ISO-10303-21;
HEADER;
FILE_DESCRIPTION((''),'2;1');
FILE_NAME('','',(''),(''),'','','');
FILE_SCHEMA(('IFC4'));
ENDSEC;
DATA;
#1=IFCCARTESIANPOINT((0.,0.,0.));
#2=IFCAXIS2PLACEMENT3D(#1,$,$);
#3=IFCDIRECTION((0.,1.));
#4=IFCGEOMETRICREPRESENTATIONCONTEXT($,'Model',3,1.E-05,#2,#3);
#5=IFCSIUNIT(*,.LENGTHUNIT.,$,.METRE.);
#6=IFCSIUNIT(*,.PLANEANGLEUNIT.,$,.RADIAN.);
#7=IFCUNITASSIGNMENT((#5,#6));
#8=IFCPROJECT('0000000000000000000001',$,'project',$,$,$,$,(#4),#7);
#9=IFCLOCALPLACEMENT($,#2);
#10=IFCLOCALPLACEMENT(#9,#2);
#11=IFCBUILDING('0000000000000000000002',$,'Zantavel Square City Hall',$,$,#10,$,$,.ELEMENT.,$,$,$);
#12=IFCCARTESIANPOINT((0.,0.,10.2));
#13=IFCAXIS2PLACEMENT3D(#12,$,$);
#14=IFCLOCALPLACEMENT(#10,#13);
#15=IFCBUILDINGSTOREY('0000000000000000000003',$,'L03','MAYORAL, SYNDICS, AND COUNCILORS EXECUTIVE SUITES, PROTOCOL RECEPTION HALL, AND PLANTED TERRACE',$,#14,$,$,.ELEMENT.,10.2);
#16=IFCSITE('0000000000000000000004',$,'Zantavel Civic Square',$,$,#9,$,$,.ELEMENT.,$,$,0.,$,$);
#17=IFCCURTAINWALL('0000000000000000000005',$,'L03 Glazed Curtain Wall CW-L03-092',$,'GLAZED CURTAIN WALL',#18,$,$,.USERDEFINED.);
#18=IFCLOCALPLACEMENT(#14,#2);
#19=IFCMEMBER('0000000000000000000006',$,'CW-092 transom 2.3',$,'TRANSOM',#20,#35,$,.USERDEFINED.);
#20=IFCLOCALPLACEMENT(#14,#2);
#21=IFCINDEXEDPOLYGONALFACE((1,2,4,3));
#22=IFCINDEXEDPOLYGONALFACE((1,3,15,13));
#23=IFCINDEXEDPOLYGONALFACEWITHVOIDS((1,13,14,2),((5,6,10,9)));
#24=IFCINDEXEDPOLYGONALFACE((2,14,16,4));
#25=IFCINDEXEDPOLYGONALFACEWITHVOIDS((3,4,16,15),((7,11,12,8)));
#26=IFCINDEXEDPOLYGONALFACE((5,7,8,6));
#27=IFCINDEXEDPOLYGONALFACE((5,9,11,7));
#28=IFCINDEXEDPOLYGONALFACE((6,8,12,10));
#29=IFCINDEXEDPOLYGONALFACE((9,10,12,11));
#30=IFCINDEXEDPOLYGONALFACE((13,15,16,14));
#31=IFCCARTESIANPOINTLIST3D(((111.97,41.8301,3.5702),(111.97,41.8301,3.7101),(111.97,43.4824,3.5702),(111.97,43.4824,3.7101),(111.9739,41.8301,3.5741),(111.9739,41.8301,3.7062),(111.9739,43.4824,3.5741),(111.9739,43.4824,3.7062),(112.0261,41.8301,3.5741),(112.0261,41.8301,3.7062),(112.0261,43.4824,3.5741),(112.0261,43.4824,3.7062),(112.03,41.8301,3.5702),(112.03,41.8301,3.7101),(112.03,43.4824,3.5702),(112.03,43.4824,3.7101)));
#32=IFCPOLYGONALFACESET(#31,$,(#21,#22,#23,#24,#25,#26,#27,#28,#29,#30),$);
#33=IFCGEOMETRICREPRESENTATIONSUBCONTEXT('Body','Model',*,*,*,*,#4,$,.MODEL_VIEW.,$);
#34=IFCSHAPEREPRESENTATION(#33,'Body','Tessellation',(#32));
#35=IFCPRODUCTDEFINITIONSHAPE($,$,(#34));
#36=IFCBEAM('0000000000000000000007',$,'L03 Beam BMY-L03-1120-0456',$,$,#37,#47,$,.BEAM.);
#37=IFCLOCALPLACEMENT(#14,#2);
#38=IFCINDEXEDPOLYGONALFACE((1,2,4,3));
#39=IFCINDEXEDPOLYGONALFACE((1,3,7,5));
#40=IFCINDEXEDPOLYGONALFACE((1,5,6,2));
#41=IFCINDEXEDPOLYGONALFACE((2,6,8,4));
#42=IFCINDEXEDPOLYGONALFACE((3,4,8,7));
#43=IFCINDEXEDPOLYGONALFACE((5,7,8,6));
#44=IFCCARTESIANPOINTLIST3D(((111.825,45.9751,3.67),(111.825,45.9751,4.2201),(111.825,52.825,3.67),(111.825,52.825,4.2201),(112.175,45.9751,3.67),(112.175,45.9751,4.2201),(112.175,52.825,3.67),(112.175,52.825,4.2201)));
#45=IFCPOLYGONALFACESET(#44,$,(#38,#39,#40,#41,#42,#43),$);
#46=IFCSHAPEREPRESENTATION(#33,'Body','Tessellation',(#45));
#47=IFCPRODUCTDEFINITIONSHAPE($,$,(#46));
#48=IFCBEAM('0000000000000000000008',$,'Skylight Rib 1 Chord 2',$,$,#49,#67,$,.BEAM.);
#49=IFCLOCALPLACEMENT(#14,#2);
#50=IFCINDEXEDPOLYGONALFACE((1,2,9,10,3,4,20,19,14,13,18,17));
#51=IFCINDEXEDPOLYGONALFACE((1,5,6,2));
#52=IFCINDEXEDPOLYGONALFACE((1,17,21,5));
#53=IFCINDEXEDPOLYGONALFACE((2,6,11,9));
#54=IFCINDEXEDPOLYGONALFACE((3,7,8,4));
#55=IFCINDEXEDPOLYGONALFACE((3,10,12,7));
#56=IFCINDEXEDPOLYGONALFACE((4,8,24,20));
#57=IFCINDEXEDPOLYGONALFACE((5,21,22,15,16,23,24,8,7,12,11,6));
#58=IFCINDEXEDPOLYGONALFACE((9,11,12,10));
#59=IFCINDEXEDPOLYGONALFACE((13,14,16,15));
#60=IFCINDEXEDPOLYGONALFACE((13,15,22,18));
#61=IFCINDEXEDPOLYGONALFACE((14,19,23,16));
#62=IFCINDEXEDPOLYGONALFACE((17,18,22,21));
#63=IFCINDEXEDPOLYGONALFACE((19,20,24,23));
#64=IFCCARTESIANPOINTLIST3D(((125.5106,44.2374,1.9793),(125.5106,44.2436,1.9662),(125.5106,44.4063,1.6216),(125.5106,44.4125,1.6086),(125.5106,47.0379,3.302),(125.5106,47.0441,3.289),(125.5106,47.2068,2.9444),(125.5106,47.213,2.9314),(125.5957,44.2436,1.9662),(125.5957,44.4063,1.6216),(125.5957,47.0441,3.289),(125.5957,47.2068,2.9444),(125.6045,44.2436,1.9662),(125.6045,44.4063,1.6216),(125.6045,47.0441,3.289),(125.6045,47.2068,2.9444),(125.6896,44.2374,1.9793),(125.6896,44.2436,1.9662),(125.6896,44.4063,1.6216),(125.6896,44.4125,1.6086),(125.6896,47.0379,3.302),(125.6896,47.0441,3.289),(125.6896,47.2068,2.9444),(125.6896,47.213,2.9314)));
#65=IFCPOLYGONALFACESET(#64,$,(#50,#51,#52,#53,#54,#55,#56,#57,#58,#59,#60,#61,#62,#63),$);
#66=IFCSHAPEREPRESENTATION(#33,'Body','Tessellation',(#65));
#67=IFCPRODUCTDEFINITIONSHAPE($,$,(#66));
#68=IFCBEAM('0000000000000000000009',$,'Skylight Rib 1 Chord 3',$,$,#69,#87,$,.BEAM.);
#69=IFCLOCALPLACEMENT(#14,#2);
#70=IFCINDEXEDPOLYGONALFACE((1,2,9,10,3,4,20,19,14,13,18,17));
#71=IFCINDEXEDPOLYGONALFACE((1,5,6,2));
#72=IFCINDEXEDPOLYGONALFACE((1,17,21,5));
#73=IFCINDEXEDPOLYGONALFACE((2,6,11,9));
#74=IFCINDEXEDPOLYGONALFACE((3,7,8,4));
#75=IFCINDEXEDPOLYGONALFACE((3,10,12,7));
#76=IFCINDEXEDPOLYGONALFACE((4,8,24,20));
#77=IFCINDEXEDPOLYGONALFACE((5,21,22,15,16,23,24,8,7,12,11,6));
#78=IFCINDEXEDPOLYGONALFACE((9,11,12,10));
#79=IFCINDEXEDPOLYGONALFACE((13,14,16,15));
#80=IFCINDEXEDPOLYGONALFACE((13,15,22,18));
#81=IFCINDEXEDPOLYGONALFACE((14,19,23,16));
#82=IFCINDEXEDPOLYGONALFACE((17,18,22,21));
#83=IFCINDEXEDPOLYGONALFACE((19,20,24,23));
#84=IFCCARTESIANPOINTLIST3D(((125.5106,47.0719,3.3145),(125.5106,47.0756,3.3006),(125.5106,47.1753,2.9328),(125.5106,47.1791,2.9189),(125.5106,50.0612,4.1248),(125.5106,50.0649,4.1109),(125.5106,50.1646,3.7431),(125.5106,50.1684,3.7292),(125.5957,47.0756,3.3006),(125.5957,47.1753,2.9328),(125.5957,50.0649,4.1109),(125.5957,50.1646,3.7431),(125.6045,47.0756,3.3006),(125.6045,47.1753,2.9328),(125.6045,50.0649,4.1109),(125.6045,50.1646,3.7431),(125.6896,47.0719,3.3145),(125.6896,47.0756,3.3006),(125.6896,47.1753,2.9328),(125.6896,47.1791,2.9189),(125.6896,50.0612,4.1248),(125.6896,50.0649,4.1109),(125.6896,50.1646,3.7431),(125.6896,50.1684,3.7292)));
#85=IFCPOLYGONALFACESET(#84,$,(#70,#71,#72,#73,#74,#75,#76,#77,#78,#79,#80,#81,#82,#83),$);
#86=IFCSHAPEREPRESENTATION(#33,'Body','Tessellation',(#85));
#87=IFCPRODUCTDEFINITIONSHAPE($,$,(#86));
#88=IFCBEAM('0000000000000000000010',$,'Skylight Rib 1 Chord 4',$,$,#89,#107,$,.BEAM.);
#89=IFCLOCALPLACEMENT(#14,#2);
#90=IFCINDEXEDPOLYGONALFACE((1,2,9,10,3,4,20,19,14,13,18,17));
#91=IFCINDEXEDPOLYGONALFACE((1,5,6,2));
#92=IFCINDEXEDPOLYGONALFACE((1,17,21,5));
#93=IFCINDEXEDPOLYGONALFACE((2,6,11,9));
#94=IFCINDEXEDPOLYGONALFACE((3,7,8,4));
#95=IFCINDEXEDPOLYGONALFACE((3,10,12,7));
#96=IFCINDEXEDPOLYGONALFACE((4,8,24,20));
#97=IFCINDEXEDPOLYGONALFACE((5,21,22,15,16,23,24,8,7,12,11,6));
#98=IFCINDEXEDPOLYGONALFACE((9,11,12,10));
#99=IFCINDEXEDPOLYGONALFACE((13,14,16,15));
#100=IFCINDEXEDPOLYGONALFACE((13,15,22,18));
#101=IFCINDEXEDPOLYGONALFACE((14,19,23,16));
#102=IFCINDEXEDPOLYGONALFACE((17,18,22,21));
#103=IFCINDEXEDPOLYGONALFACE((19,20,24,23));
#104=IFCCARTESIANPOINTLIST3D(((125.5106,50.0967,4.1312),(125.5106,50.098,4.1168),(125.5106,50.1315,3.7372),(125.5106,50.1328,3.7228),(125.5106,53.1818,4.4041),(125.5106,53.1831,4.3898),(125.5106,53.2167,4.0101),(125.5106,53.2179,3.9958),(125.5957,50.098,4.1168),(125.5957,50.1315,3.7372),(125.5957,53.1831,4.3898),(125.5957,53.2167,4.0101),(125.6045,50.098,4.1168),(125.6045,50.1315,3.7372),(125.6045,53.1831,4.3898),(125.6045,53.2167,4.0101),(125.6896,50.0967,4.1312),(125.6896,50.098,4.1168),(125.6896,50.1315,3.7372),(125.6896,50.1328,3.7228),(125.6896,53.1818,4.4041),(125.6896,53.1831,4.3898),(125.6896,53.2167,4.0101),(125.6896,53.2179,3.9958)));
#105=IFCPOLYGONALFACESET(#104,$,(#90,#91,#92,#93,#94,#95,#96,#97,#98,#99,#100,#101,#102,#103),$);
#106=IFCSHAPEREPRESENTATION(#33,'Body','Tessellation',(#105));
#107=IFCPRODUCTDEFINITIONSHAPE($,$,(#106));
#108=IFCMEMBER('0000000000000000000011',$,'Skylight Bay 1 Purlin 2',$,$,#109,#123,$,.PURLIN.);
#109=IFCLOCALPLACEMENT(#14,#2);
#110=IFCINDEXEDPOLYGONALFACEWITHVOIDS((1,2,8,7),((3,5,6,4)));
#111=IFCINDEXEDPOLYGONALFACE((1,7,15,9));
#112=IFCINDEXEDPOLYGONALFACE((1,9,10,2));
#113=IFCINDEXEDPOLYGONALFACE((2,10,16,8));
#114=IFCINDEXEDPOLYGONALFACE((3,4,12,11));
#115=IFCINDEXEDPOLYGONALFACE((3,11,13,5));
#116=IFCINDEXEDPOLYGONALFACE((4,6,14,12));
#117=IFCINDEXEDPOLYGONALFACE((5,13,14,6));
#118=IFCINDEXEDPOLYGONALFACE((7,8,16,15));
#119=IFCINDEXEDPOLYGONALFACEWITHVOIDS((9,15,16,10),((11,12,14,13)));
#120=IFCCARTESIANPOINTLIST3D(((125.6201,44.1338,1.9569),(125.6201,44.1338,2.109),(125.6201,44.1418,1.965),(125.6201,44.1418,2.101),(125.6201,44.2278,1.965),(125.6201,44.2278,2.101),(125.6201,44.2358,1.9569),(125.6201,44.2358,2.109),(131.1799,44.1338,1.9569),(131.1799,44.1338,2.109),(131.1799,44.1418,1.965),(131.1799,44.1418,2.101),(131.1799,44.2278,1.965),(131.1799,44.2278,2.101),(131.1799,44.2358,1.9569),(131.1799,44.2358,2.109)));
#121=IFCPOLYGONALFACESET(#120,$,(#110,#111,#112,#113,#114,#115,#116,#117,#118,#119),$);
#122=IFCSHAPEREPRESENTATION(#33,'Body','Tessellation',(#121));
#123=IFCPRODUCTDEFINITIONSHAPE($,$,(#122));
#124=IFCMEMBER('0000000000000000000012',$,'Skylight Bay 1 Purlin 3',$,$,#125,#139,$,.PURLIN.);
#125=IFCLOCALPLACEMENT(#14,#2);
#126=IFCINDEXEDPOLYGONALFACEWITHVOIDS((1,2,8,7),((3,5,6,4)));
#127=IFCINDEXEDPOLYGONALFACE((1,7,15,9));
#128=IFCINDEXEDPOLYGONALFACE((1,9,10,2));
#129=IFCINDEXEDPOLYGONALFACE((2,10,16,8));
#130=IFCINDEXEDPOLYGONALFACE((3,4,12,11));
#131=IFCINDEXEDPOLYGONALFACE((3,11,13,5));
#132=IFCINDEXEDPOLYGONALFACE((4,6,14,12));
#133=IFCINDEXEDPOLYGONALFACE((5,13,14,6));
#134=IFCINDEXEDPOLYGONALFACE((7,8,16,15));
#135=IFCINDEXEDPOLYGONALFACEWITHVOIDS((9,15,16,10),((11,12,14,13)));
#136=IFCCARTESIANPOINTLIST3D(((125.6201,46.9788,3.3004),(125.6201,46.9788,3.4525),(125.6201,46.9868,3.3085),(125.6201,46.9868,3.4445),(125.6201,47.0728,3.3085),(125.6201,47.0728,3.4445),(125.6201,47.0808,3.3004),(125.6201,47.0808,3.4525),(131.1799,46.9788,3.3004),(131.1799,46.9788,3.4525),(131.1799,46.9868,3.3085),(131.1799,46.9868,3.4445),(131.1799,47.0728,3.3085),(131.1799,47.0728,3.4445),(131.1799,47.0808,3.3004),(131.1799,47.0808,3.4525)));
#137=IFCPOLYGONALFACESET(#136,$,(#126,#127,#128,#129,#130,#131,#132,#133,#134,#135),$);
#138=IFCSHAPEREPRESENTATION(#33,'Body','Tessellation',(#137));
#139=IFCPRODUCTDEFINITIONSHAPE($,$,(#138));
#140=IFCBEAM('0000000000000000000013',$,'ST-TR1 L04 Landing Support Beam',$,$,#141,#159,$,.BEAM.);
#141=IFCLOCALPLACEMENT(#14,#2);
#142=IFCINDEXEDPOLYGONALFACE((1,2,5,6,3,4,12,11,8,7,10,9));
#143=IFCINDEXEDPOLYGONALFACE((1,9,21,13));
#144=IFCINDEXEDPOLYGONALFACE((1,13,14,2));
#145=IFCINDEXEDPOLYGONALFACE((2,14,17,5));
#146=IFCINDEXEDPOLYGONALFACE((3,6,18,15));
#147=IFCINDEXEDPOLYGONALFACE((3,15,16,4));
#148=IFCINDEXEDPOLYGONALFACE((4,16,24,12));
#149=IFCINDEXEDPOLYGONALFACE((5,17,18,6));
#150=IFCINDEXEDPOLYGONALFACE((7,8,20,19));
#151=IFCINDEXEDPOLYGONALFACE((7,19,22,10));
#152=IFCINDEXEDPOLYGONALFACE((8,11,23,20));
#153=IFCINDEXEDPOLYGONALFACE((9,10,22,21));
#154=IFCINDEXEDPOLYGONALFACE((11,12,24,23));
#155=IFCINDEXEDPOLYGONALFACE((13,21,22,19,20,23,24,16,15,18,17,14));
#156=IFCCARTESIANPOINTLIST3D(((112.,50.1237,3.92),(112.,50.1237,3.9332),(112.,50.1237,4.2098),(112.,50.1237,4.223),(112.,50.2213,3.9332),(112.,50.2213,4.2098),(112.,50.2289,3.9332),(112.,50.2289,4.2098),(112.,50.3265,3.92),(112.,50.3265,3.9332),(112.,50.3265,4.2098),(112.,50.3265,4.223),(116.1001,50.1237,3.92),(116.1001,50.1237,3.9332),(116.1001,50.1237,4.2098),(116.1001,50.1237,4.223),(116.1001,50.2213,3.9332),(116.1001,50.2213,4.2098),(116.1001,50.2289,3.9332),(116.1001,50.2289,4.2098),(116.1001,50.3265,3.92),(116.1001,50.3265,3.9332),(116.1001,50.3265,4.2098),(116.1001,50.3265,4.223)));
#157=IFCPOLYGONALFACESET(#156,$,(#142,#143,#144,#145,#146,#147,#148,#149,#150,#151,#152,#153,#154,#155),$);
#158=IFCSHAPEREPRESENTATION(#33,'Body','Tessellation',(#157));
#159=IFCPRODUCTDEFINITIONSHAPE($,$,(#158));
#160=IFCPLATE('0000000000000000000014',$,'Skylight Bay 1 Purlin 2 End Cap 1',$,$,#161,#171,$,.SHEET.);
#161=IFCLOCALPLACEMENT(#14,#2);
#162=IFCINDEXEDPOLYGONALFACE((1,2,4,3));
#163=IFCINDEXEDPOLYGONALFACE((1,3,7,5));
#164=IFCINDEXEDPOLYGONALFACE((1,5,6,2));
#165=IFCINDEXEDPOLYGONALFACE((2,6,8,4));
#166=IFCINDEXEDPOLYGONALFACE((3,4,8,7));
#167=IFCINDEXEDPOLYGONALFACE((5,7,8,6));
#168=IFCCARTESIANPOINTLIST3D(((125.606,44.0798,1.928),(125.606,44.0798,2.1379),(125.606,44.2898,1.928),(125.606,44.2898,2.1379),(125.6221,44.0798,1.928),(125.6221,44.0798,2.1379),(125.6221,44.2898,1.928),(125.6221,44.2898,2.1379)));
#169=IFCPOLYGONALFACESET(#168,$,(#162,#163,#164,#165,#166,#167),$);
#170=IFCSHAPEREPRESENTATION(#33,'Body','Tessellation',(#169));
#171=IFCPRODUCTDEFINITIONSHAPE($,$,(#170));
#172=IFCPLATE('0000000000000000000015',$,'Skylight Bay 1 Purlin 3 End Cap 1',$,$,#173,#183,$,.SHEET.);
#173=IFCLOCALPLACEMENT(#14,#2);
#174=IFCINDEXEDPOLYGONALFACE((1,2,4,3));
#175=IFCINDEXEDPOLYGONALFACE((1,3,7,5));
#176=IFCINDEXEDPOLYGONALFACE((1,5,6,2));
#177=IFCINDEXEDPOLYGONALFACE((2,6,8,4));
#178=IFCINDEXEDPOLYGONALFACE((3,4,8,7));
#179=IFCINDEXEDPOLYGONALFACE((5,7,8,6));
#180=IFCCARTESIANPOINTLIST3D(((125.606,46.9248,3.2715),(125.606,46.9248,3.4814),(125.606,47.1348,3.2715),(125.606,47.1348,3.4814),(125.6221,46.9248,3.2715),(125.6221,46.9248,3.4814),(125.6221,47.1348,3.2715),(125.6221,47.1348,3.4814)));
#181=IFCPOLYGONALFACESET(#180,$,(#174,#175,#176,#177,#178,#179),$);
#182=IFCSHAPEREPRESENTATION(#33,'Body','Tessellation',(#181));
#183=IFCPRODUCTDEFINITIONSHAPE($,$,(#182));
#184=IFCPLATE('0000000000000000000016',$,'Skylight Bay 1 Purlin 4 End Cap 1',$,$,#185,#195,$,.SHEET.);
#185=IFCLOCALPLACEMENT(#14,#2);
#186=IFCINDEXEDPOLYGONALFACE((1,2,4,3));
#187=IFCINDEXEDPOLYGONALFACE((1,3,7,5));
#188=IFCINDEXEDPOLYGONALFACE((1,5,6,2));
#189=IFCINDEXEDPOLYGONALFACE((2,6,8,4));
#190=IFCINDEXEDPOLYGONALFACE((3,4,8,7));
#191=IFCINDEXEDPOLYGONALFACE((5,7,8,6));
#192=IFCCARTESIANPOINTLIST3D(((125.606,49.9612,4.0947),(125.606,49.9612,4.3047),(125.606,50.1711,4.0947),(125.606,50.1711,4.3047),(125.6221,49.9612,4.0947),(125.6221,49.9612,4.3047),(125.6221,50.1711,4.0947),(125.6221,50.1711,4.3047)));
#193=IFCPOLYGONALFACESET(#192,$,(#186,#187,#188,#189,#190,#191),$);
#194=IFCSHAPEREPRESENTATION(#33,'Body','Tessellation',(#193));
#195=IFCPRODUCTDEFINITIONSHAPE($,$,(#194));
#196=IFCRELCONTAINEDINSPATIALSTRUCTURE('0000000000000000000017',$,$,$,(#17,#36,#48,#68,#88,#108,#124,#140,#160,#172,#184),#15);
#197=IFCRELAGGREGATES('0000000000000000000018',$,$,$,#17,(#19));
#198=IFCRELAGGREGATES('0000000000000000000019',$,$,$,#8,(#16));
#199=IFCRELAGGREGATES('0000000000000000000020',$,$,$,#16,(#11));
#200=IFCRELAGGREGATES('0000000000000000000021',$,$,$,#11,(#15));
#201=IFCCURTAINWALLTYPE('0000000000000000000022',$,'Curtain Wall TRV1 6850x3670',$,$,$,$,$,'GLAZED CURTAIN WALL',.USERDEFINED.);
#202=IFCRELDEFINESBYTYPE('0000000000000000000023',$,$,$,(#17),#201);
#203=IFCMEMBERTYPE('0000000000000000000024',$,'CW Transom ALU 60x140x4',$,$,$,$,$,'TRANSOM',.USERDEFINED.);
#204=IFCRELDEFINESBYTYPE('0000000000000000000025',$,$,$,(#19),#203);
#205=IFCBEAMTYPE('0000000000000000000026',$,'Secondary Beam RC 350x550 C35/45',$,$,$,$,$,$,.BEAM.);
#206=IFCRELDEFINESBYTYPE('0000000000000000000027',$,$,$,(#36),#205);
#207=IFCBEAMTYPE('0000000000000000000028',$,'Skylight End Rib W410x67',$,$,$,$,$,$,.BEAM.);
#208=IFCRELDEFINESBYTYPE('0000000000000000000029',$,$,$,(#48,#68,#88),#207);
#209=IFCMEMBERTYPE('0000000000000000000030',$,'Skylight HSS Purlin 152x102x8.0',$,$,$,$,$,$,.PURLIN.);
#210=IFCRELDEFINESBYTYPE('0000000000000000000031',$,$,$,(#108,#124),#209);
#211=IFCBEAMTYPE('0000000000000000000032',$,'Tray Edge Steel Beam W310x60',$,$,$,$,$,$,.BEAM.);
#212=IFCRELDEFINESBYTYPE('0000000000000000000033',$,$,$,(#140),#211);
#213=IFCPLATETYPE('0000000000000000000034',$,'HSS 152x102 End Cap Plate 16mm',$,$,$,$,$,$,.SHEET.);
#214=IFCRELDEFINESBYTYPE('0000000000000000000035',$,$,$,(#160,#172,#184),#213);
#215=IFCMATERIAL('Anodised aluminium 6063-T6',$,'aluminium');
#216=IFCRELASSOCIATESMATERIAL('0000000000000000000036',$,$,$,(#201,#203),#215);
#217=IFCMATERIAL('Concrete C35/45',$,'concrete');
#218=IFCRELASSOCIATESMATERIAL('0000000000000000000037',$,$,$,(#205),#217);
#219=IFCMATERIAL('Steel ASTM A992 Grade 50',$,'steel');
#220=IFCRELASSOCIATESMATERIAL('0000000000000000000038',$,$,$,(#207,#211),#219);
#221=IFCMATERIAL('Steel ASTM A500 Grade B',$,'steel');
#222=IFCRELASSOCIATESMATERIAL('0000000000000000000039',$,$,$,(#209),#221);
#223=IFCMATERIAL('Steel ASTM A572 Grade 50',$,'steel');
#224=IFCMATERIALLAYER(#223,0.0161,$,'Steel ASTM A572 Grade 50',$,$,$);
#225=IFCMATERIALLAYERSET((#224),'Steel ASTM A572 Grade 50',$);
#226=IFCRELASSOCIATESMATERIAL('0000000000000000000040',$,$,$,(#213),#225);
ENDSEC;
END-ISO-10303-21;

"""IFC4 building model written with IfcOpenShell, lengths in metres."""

from ifc_helpers import new_model, si_unit, direction, frame, origin, origin_2d, place, context, subcontext, project, spatial, rectangle, hollow_rectangle, i_section, extrude, material, layer, layer_set, material_profile, profile_set, type_object, element, aggregate, save


model = new_model("IFC4")

# Units and contexts
model_context = context("Model", 3, precision=1e-05, world=origin(), true_north=direction((0.0, 1.0)))
body_context = subcontext(model_context, "Body", "Model", "MODEL_VIEW")
ifc_project = project(units=[si_unit("LENGTHUNIT", "METRE"), si_unit("PLANEANGLEUNIT", "RADIAN")], contexts=[model_context])

# Site, building, storey
site_placement = place(None, origin())
site = spatial("IfcSite", under=ifc_project, at=site_placement, Name="Zantavel Civic Square", CompositionType="ELEMENT", RefElevation=0.0)
building_placement = place(site_placement, origin())
building = spatial("IfcBuilding", under=site, at=building_placement, Name="Zantavel Square City Hall", CompositionType="ELEMENT")
storey_placement = place(building_placement, frame((0.0, 0.0, 10.2)))
storey = spatial("IfcBuildingStorey", under=building, at=storey_placement, Name="L03", Description="MAYORAL, SYNDICS, AND COUNCILORS EXECUTIVE SUITES, PROTOCOL RECEPTION HALL, AND PLANTED TERRACE", CompositionType="ELEMENT", Elevation=10.2)

# Curtain wall, member
ifc_material_1 = material(Name="Anodised aluminium 6063-T6", Category="aluminium")
curtain_wall_type = type_object("IfcCurtainWallType", Name="Curtain Wall TRV1 6850x3670", ElementType="GLAZED CURTAIN WALL", PredefinedType="USERDEFINED", material=ifc_material_1)
curtain_wall_placement = place(storey_placement, origin())
curtain_wall = element("IfcCurtainWall", 1, at=curtain_wall_placement, inside=storey, type_object=curtain_wall_type, Name="L03 Glazed Curtain Wall CW-L03-092", ObjectType="GLAZED CURTAIN WALL", PredefinedType="USERDEFINED")
ifc_material_profile_1 = material_profile(ifc_material_1, hollow_rectangle(XDim=0.0601, YDim=0.1399, WallThickness=0.0039, at=origin_2d()), Name="ALU 60x140x4")
ifc_profile_set_1 = profile_set([ifc_material_profile_1], Name="Anodised aluminium 6063-T6")
member_type_1 = type_object("IfcMemberType", Name="CW Transom ALU 60x140x4", ElementType="TRANSOM", PredefinedType="USERDEFINED", material=ifc_profile_set_1)
member_1_placement = place(storey_placement, frame((112.0, 43.4824, 3.6401), z_axis=(0.0, -1.0, 0.0), x_axis=(1.0, 0.0, 0.0)))
member_1 = element("IfcMember", 2, at=member_1_placement, type_object=member_type_1, Name="CW-092 transom 2.3", ObjectType="TRANSOM", PredefinedType="USERDEFINED", context=body_context, shape_type="SweptSolid", body=[
    extrude(hollow_rectangle(XDim=0.0601, YDim=0.1399, WallThickness=0.0039, at=origin_2d()), origin(), (0.0, 0.0, 1.0), 1.6523),
])

# Beams
ifc_material_2 = material(Name="Concrete C35/45", Category="concrete")
ifc_material_profile_2 = material_profile(ifc_material_2, rectangle(XDim=0.3501, YDim=0.55, at=origin_2d()), Name="RC 350x550")
ifc_profile_set_2 = profile_set([ifc_material_profile_2], Name="Concrete C35/45")
beam_type_1 = type_object("IfcBeamType", Name="Secondary Beam RC 350x550 C35/45", PredefinedType="BEAM", material=ifc_profile_set_2)
beam_1_placement = place(storey_placement, frame((112.0, 45.9751, 3.9451), z_axis=(0.0, 1.0, 0.0), x_axis=(-1.0, 0.0, 0.0)))
element("IfcBeam", 3, at=beam_1_placement, inside=storey, type_object=beam_type_1, Name="L03 Beam BMY-L03-1120-0456", PredefinedType="BEAM", context=body_context, shape_type="SweptSolid", body=[
    extrude(rectangle(XDim=0.3501, YDim=0.55, at=origin_2d()), origin(), (0.0, 0.0, 1.0), 6.8499),
])
ifc_material_3 = material(Name="Steel ASTM A992 Grade 50", Category="steel")
ifc_material_profile_3 = material_profile(ifc_material_3, i_section(OverallWidth=0.179, OverallDepth=0.4099, WebThickness=0.0088, FlangeThickness=0.0144, at=origin_2d()), Name="W410x67")
ifc_profile_set_3 = profile_set([ifc_material_profile_3], Name="Steel ASTM A992 Grade 50")
beam_type_2 = type_object("IfcBeamType", Name="Skylight End Rib W410x67", PredefinedType="BEAM", material=ifc_profile_set_3)
for number, where, z_axis, x_axis, name in (
    (4, (125.6001, 44.325, 1.7939), (0.0, 0.904214, 0.42708), (-1.0, 0.0, 0.0), "Skylight Rib 1 Chord 2"),
    (5, (125.6001, 47.1255, 3.1167), (0.0, 0.965168, 0.26163), (-1.0, 0.0, 0.0), "Skylight Rib 1 Chord 3"),
    (6, (125.6001, 50.1147, 3.927), (0.0, 0.996109, 0.088126), (-1.0, 0.0, 0.0), "Skylight Rib 1 Chord 4"),
):
    element("IfcBeam", number, at=place(storey_placement, frame(where, z_axis=z_axis, x_axis=x_axis)), inside=storey, type_object=beam_type_2, Name=name, PredefinedType="BEAM", context=body_context, shape_type="SweptSolid", body=[
        extrude(i_section(OverallWidth=0.179, OverallDepth=0.4099, WebThickness=0.0088, FlangeThickness=0.0144, at=origin_2d()), origin(), (0.0, 0.0, 1.0), 3.0972),
    ])

# Members
ifc_material_4 = material(Name="Steel ASTM A500 Grade B", Category="steel")
ifc_material_profile_4 = material_profile(ifc_material_4, hollow_rectangle(XDim=0.1021, YDim=0.1521, WallThickness=0.0081, at=origin_2d()), Name="HSS 152x102x8.0")
ifc_profile_set_4 = profile_set([ifc_material_profile_4], Name="Steel ASTM A500 Grade B")
member_type_2 = type_object("IfcMemberType", Name="Skylight HSS Purlin 152x102x8.0", PredefinedType="PURLIN", material=ifc_profile_set_4)
for number, where, z_axis, x_axis, name in (
    (7, (125.6201, 44.1848, 2.033), (1.0, 0.0, 0.0), (0.0, 1.0, 0.0), "Skylight Bay 1 Purlin 2"),
    (8, (125.6201, 47.0298, 3.3765), (1.0, 0.0, 0.0), (0.0, 1.0, 0.0), "Skylight Bay 1 Purlin 3"),
):
    element("IfcMember", number, at=place(storey_placement, frame(where, z_axis=z_axis, x_axis=x_axis)), inside=storey, type_object=member_type_2, Name=name, PredefinedType="PURLIN", context=body_context, shape_type="SweptSolid", body=[
        extrude(hollow_rectangle(XDim=0.1021, YDim=0.1521, WallThickness=0.0081, at=origin_2d()), origin(), (0.0, 0.0, 1.0), 5.5598),
    ])

# Beam
ifc_material_profile_5 = material_profile(ifc_material_3, i_section(OverallWidth=0.2029, OverallDepth=0.303, WebThickness=0.0076, FlangeThickness=0.0132, at=origin_2d()), Name="W310x60")
ifc_profile_set_5 = profile_set([ifc_material_profile_5], Name="Steel ASTM A992 Grade 50")
beam_type_3 = type_object("IfcBeamType", Name="Tray Edge Steel Beam W310x60", PredefinedType="BEAM", material=ifc_profile_set_5)
beam_2_placement = place(storey_placement, frame((112.0, 50.2251, 4.0715), z_axis=(1.0, 0.0, 0.0), x_axis=(0.0, 1.0, 0.0)))
element("IfcBeam", 9, at=beam_2_placement, inside=storey, type_object=beam_type_3, Name="ST-TR1 L04 Landing Support Beam", PredefinedType="BEAM", context=body_context, shape_type="SweptSolid", body=[
    extrude(i_section(OverallWidth=0.2029, OverallDepth=0.303, WebThickness=0.0076, FlangeThickness=0.0132, at=origin_2d()), origin(), (0.0, 0.0, 1.0), 4.1001),
])

# Plates
ifc_material_5 = material(Name="Steel ASTM A572 Grade 50", Category="steel")
ifc_layer_1 = layer(ifc_material_5, 0.0161, Name="Steel ASTM A572 Grade 50")
ifc_layer_set_1 = layer_set([ifc_layer_1], Name="Steel ASTM A572 Grade 50")
plate_type_1 = type_object("IfcPlateType", Name="HSS 152x102 End Cap Plate 16mm", PredefinedType="SHEET", material=ifc_layer_set_1)
for number, where, z_axis, x_axis, name in (
    (10, (125.614, 44.1848, 1.928), (0.0, 0.0, 1.0), (1.0, 0.0, 0.0), "Skylight Bay 1 Purlin 2 End Cap 1"),
    (11, (125.614, 47.0298, 3.2715), (0.0, 0.0, 1.0), (1.0, 0.0, 0.0), "Skylight Bay 1 Purlin 3 End Cap 1"),
    (12, (125.614, 50.0662, 4.0947), (0.0, 0.0, 1.0), (1.0, 0.0, 0.0), "Skylight Bay 1 Purlin 4 End Cap 1"),
):
    element("IfcPlate", number, at=place(storey_placement, frame(where, z_axis=z_axis, x_axis=x_axis)), inside=storey, type_object=plate_type_1, Name=name, PredefinedType="SHEET", context=body_context, shape_type="SweptSolid", body=[
        extrude(rectangle(XDim=0.0161, YDim=0.21, at=origin_2d()), origin(), (0.0, 0.0, 1.0), 0.21),
    ])

aggregate(curtain_wall, [member_1])

save(model, "model.ifc")
